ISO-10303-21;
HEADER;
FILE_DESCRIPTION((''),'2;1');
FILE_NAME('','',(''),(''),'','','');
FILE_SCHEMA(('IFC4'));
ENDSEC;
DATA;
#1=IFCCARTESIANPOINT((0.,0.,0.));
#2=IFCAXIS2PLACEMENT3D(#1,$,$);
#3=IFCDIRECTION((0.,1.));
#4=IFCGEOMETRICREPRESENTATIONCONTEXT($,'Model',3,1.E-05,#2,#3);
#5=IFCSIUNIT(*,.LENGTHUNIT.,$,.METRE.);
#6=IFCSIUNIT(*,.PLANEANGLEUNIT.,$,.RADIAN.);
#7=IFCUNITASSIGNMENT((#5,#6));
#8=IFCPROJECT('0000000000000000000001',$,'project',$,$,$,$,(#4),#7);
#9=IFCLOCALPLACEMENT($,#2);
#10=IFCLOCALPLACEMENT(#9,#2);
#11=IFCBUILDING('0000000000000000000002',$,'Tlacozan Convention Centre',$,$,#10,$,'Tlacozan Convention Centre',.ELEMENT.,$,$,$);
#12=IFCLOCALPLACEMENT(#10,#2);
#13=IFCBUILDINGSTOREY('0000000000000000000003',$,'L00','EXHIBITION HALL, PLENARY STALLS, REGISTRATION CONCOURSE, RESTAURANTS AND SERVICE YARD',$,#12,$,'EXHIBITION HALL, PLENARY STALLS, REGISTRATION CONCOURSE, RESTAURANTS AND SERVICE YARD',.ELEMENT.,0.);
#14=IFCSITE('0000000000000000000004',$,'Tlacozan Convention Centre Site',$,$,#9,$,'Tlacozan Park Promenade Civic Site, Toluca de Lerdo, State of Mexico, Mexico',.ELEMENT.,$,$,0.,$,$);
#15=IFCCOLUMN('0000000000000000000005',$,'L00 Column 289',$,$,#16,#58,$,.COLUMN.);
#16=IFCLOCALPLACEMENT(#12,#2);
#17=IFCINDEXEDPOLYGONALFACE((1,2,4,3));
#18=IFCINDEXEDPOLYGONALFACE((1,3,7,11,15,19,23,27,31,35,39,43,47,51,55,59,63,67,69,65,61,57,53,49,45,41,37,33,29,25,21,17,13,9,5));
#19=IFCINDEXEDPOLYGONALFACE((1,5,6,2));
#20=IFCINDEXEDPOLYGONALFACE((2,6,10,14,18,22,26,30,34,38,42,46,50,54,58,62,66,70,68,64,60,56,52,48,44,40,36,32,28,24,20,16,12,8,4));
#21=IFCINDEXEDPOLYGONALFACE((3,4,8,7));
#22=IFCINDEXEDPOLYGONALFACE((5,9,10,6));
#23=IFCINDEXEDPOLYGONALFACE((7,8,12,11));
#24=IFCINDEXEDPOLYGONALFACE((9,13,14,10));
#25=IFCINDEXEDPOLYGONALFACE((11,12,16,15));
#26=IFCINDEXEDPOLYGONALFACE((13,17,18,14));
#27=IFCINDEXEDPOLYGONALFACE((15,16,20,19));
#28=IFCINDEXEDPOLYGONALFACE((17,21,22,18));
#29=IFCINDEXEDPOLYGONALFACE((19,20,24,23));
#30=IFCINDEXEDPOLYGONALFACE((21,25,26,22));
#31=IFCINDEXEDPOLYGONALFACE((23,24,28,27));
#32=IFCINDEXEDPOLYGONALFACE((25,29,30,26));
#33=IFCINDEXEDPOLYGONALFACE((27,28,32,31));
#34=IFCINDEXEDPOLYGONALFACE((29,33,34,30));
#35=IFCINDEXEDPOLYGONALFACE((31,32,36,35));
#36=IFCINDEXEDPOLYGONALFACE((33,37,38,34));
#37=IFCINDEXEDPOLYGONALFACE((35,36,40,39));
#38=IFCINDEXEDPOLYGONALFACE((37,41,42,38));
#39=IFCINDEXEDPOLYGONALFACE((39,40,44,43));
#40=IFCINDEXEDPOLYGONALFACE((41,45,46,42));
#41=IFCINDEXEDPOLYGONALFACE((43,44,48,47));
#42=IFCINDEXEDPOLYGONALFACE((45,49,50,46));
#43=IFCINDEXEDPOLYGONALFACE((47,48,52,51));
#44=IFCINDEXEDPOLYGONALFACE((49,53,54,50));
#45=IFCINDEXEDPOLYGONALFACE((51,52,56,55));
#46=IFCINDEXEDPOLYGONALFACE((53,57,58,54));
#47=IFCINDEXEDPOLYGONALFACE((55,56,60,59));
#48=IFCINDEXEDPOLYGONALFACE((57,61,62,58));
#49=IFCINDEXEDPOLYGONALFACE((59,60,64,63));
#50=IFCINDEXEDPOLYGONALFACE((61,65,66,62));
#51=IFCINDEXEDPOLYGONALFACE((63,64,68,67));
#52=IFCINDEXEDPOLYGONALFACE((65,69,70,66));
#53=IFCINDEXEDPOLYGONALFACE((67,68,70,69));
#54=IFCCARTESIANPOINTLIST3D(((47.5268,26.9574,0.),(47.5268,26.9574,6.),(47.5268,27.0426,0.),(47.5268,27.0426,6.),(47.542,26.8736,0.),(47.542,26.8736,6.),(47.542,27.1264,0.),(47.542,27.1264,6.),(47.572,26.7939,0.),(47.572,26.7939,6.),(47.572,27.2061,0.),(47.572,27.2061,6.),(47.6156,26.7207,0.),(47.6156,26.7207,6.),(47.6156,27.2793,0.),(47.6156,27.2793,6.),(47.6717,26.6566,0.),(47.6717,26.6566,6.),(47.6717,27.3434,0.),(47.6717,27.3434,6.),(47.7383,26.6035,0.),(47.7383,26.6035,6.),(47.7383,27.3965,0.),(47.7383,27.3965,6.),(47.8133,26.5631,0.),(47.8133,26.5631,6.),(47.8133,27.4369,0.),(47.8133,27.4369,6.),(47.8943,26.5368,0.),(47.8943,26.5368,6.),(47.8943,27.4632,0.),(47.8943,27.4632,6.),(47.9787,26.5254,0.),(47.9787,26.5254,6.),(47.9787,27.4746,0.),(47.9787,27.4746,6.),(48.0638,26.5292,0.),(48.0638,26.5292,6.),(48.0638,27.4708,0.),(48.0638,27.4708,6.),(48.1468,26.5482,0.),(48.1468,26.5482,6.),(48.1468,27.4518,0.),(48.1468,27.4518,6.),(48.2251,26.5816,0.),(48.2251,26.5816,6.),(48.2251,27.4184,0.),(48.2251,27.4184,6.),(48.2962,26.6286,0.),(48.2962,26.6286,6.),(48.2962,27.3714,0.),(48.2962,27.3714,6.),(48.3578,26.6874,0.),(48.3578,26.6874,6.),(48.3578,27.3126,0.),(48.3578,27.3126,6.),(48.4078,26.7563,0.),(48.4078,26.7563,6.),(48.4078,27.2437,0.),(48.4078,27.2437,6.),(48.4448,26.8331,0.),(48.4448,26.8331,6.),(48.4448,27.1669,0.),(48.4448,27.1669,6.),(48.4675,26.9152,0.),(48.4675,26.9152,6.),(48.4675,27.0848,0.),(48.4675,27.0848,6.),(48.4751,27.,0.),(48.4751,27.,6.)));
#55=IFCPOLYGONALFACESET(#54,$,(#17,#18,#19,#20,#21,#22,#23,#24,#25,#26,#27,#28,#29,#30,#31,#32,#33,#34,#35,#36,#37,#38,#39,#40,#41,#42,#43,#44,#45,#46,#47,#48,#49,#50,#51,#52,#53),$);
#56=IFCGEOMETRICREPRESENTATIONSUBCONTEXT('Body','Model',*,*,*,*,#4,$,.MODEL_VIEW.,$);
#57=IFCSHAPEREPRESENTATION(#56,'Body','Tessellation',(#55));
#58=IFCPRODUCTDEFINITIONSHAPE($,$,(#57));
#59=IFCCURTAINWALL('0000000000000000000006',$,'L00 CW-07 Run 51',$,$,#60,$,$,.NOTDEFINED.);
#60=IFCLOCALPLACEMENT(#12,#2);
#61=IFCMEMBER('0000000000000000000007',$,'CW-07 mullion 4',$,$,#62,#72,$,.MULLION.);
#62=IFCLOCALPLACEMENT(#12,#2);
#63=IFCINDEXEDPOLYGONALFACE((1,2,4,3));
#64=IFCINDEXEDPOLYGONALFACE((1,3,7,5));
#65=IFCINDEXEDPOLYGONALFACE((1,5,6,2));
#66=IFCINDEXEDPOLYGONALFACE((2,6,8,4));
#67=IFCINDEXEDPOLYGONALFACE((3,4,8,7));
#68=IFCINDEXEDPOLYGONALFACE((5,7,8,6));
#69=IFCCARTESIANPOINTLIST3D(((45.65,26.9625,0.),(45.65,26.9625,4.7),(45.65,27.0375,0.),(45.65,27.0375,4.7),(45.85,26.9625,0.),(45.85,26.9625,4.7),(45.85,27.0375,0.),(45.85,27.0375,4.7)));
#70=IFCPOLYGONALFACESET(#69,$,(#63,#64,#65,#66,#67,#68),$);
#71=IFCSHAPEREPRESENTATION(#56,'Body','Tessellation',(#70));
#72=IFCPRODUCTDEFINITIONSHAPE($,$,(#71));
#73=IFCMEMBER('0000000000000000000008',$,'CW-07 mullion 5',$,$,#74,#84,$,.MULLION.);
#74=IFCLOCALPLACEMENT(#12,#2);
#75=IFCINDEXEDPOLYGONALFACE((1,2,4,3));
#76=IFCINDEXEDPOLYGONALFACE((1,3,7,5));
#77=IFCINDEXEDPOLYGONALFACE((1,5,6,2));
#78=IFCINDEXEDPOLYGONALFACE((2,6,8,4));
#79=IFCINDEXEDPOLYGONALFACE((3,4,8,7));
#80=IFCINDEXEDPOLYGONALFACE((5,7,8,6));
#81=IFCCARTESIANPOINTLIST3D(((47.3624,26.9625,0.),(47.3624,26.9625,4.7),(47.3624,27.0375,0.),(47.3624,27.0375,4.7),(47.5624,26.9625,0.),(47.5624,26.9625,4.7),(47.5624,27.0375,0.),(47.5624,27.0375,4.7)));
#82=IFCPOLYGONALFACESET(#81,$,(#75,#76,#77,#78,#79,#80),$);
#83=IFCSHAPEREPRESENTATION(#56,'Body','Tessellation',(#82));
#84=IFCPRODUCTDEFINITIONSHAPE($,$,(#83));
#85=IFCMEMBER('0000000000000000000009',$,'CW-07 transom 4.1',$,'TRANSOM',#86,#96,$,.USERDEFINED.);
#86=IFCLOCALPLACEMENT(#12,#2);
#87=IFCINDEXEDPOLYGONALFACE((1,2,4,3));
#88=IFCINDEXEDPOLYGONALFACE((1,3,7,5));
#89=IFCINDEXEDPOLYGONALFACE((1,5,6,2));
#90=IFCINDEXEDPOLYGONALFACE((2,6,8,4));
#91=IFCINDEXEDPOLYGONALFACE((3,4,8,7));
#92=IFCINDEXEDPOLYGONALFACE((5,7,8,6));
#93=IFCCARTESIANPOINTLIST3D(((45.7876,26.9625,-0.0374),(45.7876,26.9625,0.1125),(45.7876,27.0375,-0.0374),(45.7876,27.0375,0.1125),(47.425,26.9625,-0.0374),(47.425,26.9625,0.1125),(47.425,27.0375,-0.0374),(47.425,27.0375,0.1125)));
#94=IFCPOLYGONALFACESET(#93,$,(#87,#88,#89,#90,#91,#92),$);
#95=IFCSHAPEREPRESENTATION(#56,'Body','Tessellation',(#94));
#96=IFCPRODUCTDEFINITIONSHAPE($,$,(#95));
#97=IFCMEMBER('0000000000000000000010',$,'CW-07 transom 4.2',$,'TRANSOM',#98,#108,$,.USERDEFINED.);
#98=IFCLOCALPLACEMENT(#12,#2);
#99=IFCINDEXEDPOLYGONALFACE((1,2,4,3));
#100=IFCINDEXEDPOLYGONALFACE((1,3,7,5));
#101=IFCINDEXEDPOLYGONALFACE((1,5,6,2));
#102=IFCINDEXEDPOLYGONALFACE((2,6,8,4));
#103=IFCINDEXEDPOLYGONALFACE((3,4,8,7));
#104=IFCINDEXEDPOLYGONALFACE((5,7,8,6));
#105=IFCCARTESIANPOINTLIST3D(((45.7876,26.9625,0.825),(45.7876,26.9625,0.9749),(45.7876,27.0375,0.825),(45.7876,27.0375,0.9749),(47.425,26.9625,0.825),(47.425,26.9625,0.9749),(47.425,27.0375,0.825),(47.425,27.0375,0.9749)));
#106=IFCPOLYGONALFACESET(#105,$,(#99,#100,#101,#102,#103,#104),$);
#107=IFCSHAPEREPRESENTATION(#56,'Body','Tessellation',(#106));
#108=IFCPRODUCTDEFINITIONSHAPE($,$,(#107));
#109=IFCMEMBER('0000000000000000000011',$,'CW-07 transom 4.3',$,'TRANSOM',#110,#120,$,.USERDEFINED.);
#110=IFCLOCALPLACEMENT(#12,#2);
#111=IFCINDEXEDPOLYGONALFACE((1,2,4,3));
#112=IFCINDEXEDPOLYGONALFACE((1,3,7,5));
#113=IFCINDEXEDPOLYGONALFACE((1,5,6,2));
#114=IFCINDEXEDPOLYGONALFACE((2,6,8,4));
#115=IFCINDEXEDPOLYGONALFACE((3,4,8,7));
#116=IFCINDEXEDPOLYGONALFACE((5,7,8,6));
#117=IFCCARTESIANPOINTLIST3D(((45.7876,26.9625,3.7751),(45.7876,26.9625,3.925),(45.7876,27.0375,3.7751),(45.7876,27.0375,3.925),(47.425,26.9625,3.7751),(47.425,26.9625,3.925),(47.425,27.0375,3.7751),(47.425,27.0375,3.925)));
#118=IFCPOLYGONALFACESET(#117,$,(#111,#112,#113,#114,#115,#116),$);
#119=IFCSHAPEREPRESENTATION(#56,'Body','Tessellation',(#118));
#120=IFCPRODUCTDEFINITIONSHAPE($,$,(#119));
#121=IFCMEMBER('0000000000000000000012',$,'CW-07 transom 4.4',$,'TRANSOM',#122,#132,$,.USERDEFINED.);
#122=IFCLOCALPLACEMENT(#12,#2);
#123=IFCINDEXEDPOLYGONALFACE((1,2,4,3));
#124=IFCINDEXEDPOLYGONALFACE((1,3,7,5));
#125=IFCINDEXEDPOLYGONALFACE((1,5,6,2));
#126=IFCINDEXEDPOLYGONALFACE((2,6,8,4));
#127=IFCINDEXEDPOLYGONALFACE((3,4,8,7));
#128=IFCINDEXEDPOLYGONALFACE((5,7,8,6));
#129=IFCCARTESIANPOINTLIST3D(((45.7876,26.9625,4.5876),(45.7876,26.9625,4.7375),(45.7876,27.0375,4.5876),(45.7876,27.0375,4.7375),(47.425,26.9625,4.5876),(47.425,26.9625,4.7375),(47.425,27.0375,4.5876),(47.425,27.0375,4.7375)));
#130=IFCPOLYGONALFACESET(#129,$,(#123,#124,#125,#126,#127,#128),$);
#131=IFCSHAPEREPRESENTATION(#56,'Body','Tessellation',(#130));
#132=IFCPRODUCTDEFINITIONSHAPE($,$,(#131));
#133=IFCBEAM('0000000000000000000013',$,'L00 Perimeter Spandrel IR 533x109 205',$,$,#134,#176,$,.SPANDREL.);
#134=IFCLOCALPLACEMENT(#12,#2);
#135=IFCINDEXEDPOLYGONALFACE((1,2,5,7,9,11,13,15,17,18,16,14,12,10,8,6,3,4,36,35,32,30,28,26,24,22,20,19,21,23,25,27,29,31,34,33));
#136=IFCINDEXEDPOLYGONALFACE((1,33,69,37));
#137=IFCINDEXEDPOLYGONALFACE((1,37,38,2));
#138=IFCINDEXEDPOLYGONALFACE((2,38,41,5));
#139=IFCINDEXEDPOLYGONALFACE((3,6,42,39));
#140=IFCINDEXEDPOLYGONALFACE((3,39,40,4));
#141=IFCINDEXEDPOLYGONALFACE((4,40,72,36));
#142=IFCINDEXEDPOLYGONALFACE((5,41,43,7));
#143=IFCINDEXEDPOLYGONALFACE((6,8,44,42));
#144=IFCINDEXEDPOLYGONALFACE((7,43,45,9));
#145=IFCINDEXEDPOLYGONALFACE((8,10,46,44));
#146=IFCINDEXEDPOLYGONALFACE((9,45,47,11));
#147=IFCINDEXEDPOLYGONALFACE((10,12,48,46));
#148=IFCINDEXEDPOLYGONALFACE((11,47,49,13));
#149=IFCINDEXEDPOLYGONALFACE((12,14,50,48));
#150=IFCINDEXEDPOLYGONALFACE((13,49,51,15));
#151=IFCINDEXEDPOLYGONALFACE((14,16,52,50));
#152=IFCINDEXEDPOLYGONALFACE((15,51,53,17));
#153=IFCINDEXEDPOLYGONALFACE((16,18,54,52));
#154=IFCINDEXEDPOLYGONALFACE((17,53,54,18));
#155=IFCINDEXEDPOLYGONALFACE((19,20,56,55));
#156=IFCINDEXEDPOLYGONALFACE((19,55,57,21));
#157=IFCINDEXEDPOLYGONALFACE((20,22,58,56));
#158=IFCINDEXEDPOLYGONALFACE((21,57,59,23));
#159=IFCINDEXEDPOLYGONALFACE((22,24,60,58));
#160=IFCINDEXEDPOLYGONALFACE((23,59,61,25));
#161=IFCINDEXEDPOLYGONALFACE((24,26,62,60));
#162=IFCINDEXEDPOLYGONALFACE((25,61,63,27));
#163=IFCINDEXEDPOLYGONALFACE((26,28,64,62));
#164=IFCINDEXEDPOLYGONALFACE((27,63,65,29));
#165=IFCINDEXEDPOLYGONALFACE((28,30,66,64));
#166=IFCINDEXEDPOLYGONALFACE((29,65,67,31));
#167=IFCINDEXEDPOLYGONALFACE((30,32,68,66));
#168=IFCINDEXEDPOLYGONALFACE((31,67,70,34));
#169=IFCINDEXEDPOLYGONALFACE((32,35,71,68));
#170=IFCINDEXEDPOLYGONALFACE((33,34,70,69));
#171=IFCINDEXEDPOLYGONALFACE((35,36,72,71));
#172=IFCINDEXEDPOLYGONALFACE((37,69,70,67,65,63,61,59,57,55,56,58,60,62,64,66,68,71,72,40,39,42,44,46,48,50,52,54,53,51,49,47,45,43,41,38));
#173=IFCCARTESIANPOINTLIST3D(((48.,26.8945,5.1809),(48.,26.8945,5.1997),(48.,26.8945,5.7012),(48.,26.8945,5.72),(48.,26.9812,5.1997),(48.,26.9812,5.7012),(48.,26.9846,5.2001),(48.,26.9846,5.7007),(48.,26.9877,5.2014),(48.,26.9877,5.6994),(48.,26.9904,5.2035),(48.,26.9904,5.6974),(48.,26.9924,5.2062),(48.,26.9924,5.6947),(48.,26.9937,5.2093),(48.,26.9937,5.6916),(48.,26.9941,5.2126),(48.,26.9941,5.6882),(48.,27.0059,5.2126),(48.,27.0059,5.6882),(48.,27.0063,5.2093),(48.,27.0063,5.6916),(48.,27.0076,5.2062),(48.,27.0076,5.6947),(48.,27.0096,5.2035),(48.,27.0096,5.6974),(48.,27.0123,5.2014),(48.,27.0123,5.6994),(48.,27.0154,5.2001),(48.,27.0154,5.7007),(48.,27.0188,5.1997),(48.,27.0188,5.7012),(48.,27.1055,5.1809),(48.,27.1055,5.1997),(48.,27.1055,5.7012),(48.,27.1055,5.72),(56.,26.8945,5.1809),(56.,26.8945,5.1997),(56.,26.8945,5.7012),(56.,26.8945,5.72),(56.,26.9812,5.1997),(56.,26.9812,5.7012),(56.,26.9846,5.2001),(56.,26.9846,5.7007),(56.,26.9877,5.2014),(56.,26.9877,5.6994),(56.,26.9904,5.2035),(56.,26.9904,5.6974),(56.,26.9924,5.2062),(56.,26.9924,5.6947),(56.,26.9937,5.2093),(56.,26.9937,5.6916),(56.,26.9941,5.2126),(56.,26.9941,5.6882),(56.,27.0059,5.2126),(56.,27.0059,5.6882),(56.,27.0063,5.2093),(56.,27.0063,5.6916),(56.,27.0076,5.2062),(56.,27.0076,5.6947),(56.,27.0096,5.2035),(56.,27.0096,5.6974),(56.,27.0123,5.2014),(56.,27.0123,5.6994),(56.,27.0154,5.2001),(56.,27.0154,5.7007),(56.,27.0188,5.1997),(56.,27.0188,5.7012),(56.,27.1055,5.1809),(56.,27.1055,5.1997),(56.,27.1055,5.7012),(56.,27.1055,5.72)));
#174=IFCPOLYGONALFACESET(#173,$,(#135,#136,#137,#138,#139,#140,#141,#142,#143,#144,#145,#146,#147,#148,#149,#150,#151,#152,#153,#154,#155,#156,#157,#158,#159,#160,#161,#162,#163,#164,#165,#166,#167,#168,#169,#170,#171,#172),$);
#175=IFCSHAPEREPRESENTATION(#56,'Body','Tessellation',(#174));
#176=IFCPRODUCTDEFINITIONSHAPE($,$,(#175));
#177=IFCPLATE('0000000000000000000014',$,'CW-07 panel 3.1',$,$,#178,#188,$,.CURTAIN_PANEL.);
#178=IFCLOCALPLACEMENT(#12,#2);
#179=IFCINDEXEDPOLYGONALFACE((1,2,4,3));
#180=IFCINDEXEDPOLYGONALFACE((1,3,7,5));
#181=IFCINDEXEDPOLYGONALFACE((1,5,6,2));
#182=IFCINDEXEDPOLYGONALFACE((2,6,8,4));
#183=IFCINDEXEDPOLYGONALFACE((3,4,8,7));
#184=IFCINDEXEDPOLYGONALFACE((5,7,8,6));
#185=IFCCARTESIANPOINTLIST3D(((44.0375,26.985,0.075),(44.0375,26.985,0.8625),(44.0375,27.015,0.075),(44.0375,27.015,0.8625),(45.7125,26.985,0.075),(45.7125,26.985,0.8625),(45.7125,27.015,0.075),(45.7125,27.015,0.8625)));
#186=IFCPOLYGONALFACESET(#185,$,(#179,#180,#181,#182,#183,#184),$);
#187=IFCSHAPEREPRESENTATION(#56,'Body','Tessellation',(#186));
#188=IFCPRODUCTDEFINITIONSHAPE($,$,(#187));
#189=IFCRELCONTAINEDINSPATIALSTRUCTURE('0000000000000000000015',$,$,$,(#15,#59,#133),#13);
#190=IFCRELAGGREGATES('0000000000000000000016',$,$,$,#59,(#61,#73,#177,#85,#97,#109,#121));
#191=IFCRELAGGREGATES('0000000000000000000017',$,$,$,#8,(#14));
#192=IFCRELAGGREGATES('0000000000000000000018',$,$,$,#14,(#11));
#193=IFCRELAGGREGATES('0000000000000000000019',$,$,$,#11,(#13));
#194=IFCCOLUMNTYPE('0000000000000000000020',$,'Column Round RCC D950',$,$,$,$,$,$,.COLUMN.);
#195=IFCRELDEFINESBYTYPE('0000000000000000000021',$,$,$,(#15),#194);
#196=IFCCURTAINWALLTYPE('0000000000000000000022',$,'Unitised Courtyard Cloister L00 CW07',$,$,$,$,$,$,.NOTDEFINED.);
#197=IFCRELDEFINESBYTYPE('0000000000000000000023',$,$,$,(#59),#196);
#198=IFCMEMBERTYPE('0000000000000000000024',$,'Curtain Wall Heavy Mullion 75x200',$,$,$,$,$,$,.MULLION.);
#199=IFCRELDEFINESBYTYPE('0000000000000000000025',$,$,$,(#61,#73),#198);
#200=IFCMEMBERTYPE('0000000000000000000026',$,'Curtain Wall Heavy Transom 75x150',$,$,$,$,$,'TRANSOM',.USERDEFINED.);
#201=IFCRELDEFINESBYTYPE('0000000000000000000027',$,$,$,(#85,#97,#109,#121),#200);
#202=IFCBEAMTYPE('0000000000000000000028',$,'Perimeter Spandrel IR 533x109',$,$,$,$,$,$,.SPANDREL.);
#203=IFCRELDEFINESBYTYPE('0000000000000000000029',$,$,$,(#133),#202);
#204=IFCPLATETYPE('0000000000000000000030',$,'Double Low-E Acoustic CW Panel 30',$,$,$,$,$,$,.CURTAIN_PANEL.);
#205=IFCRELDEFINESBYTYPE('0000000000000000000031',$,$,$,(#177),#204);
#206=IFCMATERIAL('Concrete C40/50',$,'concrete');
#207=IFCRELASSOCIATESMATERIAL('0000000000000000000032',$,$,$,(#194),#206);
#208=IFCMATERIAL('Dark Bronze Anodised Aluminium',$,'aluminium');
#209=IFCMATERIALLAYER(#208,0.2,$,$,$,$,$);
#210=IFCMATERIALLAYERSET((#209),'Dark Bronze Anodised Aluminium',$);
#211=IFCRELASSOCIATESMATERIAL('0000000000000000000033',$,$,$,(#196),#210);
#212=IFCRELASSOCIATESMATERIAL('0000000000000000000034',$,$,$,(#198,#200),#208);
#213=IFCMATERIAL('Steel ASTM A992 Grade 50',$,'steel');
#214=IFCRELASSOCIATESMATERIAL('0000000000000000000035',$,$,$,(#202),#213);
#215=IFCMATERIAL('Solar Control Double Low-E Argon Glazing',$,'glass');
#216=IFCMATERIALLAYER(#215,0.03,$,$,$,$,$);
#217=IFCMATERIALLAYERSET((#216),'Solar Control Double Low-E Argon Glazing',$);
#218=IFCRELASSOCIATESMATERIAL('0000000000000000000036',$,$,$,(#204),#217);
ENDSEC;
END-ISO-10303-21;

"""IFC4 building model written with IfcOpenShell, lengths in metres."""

from ifc_helpers import new_model, si_unit, direction, frame, origin, origin_2d, place, context, subcontext, project, spatial, rectangle, circle, i_section, extrude, material, layer, layer_set, material_profile, profile_set, type_object, element, aggregate, save


model = new_model("IFC4")

# Units and contexts
model_context = context("Model", 3, precision=1e-05, world=origin(), true_north=direction((0.0, 1.0)))
body_context = subcontext(model_context, "Body", "Model", "MODEL_VIEW")
ifc_project = project(units=[si_unit("LENGTHUNIT", "METRE"), si_unit("PLANEANGLEUNIT", "RADIAN")], contexts=[model_context])

# Site, building, storey
site_placement = place(None, origin())
site = spatial("IfcSite", under=ifc_project, at=site_placement, Name="Tlacozan Convention Centre Site", LongName="Tlacozan Park Promenade Civic Site, Toluca de Lerdo, State of Mexico, Mexico", CompositionType="ELEMENT", RefElevation=0.0)
building_placement = place(site_placement, origin())
building = spatial("IfcBuilding", under=site, at=building_placement, Name="Tlacozan Convention Centre", LongName="Tlacozan Convention Centre", CompositionType="ELEMENT")
storey_placement = place(building_placement, origin())
storey = spatial("IfcBuildingStorey", under=building, at=storey_placement, Name="L00", Description="EXHIBITION HALL, PLENARY STALLS, REGISTRATION CONCOURSE, RESTAURANTS AND SERVICE YARD", LongName="EXHIBITION HALL, PLENARY STALLS, REGISTRATION CONCOURSE, RESTAURANTS AND SERVICE YARD", CompositionType="ELEMENT", Elevation=0.0)

# Column
ifc_material_1 = material(Name="Concrete C40/50", Category="concrete")
ifc_material_profile_1 = material_profile(ifc_material_1, circle(Radius=0.4751, at=origin_2d()), Name="RCC D950")
ifc_profile_set_1 = profile_set([ifc_material_profile_1], Name="Concrete C40/50")
column_type = type_object("IfcColumnType", Name="Column Round RCC D950", PredefinedType="COLUMN", material=ifc_profile_set_1)
column_placement = place(storey_placement, frame((48.0, 27.0, 0.0), z_axis=(0.0, 0.0, 1.0), x_axis=(1.0, 0.0, 0.0)))
element("IfcColumn", 1, at=column_placement, inside=storey, type_object=column_type, Name="L00 Column 289", PredefinedType="COLUMN", context=body_context, shape_type="SweptSolid", body=[
    extrude(circle(Radius=0.4751, at=origin_2d()), origin(), (0.0, 0.0, 1.0), 6.0),
])

# Curtain wall, members
ifc_material_2 = material(Name="Dark Bronze Anodised Aluminium", Category="aluminium")
ifc_layer_1 = layer(ifc_material_2, 0.2)
ifc_layer_set_1 = layer_set([ifc_layer_1], Name="Dark Bronze Anodised Aluminium")
curtain_wall_type = type_object("IfcCurtainWallType", Name="Unitised Courtyard Cloister L00 CW07", PredefinedType="NOTDEFINED", material=ifc_layer_set_1)
curtain_wall_placement = place(storey_placement, origin())
curtain_wall = element("IfcCurtainWall", 2, at=curtain_wall_placement, inside=storey, type_object=curtain_wall_type, Name="L00 CW-07 Run 51", PredefinedType="NOTDEFINED")
ifc_material_profile_2 = material_profile(ifc_material_2, rectangle(XDim=0.075, YDim=0.2, at=origin_2d()), Name="ALU 75x200")
ifc_profile_set_2 = profile_set([ifc_material_profile_2], Name="Dark Bronze Anodised Aluminium")
member_type_1 = type_object("IfcMemberType", Name="Curtain Wall Heavy Mullion 75x200", PredefinedType="MULLION", material=ifc_profile_set_2)
member_1_placement = place(storey_placement, frame((45.75, 27.0, 0.0), z_axis=(0.0, 0.0, 1.0), x_axis=(0.0, 1.0, 0.0)))
member_1 = element("IfcMember", 3, at=member_1_placement, type_object=member_type_1, Name="CW-07 mullion 4", PredefinedType="MULLION", context=body_context, shape_type="SweptSolid", body=[
    extrude(rectangle(XDim=0.075, YDim=0.2, at=origin_2d()), origin(), (0.0, 0.0, 1.0), 4.7),
])
member_2_placement = place(storey_placement, frame((47.4624, 27.0, 0.0), z_axis=(0.0, 0.0, 1.0), x_axis=(0.0, 1.0, 0.0)))
member_2 = element("IfcMember", 4, at=member_2_placement, type_object=member_type_1, Name="CW-07 mullion 5", PredefinedType="MULLION", context=body_context, shape_type="SweptSolid", body=[
    extrude(rectangle(XDim=0.075, YDim=0.2, at=origin_2d()), origin(), (0.0, 0.0, 1.0), 4.7),
])
ifc_material_profile_3 = material_profile(ifc_material_2, rectangle(XDim=0.075, YDim=0.1499, at=origin_2d()), Name="ALU 75x150")
ifc_profile_set_3 = profile_set([ifc_material_profile_3], Name="Dark Bronze Anodised Aluminium")
member_type_2 = type_object("IfcMemberType", Name="Curtain Wall Heavy Transom 75x150", ElementType="TRANSOM", PredefinedType="USERDEFINED", material=ifc_profile_set_3)
member_3_placement = place(storey_placement, frame((45.7876, 27.0, 0.0376), z_axis=(1.0, 0.0, 0.0), x_axis=(0.0, 1.0, 0.0)))
member_3 = element("IfcMember", 5, at=member_3_placement, type_object=member_type_2, Name="CW-07 transom 4.1", ObjectType="TRANSOM", PredefinedType="USERDEFINED", context=body_context, shape_type="SweptSolid", body=[
    extrude(rectangle(XDim=0.075, YDim=0.1499, at=origin_2d()), origin(), (0.0, 0.0, 1.0), 1.6375),
])
member_4_placement = place(storey_placement, frame((45.7876, 27.0, 0.8999), z_axis=(1.0, 0.0, 0.0), x_axis=(0.0, 1.0, 0.0)))
member_4 = element("IfcMember", 6, at=member_4_placement, type_object=member_type_2, Name="CW-07 transom 4.2", ObjectType="TRANSOM", PredefinedType="USERDEFINED", context=body_context, shape_type="SweptSolid", body=[
    extrude(rectangle(XDim=0.075, YDim=0.1499, at=origin_2d()), origin(), (0.0, 0.0, 1.0), 1.6375),
])
member_5_placement = place(storey_placement, frame((45.7876, 27.0, 3.8501), z_axis=(1.0, 0.0, 0.0), x_axis=(0.0, 1.0, 0.0)))
member_5 = element("IfcMember", 7, at=member_5_placement, type_object=member_type_2, Name="CW-07 transom 4.3", ObjectType="TRANSOM", PredefinedType="USERDEFINED", context=body_context, shape_type="SweptSolid", body=[
    extrude(rectangle(XDim=0.075, YDim=0.1499, at=origin_2d()), origin(), (0.0, 0.0, 1.0), 1.6375),
])
member_6_placement = place(storey_placement, frame((45.7876, 27.0, 4.6626), z_axis=(1.0, 0.0, 0.0), x_axis=(0.0, 1.0, 0.0)))
member_6 = element("IfcMember", 8, at=member_6_placement, type_object=member_type_2, Name="CW-07 transom 4.4", ObjectType="TRANSOM", PredefinedType="USERDEFINED", context=body_context, shape_type="SweptSolid", body=[
    extrude(rectangle(XDim=0.075, YDim=0.1499, at=origin_2d()), origin(), (0.0, 0.0, 1.0), 1.6375),
])

# Beam
ifc_material_3 = material(Name="Steel ASTM A992 Grade 50", Category="steel")
ifc_material_profile_4 = material_profile(ifc_material_3, i_section(OverallWidth=0.2109, OverallDepth=0.5391, WebThickness=0.0117, FlangeThickness=0.0188, FilletRadius=0.0129, at=origin_2d()), Name="IR 533x109.0")
ifc_profile_set_4 = profile_set([ifc_material_profile_4], Name="Steel ASTM A992 Grade 50")
beam_type = type_object("IfcBeamType", Name="Perimeter Spandrel IR 533x109", PredefinedType="SPANDREL", material=ifc_profile_set_4)
beam_placement = place(storey_placement, frame((48.0, 27.0, 5.4504), z_axis=(1.0, 0.0, 0.0), x_axis=(0.0, 1.0, 0.0)))
element("IfcBeam", 9, at=beam_placement, inside=storey, type_object=beam_type, Name="L00 Perimeter Spandrel IR 533x109 205", PredefinedType="SPANDREL", context=body_context, shape_type="SweptSolid", body=[
    extrude(i_section(OverallWidth=0.2109, OverallDepth=0.5391, WebThickness=0.0117, FlangeThickness=0.0188, FilletRadius=0.0129, at=origin_2d()), origin(), (0.0, 0.0, 1.0), 8.0),
])

# Plate
ifc_material_4 = material(Name="Solar Control Double Low-E Argon Glazing", Category="glass")
ifc_layer_2 = layer(ifc_material_4, 0.03)
ifc_layer_set_2 = layer_set([ifc_layer_2], Name="Solar Control Double Low-E Argon Glazing")
plate_type = type_object("IfcPlateType", Name="Double Low-E Acoustic CW Panel 30", PredefinedType="CURTAIN_PANEL", material=ifc_layer_set_2)
plate_1_placement = place(storey_placement, frame((44.875, 27.0, 0.075), z_axis=(0.0, 0.0, 1.0), x_axis=(1.0, 0.0, 0.0)))
plate_1 = element("IfcPlate", 10, at=plate_1_placement, type_object=plate_type, Name="CW-07 panel 3.1", PredefinedType="CURTAIN_PANEL", context=body_context, shape_type="SweptSolid", body=[
    extrude(rectangle(XDim=1.675, YDim=0.03, at=origin_2d()), origin(), (0.0, 0.0, 1.0), 0.7876),
])
aggregate(curtain_wall, [member_1, member_2, plate_1, member_3, member_4, member_5, member_6])

save(model, "model.ifc")
